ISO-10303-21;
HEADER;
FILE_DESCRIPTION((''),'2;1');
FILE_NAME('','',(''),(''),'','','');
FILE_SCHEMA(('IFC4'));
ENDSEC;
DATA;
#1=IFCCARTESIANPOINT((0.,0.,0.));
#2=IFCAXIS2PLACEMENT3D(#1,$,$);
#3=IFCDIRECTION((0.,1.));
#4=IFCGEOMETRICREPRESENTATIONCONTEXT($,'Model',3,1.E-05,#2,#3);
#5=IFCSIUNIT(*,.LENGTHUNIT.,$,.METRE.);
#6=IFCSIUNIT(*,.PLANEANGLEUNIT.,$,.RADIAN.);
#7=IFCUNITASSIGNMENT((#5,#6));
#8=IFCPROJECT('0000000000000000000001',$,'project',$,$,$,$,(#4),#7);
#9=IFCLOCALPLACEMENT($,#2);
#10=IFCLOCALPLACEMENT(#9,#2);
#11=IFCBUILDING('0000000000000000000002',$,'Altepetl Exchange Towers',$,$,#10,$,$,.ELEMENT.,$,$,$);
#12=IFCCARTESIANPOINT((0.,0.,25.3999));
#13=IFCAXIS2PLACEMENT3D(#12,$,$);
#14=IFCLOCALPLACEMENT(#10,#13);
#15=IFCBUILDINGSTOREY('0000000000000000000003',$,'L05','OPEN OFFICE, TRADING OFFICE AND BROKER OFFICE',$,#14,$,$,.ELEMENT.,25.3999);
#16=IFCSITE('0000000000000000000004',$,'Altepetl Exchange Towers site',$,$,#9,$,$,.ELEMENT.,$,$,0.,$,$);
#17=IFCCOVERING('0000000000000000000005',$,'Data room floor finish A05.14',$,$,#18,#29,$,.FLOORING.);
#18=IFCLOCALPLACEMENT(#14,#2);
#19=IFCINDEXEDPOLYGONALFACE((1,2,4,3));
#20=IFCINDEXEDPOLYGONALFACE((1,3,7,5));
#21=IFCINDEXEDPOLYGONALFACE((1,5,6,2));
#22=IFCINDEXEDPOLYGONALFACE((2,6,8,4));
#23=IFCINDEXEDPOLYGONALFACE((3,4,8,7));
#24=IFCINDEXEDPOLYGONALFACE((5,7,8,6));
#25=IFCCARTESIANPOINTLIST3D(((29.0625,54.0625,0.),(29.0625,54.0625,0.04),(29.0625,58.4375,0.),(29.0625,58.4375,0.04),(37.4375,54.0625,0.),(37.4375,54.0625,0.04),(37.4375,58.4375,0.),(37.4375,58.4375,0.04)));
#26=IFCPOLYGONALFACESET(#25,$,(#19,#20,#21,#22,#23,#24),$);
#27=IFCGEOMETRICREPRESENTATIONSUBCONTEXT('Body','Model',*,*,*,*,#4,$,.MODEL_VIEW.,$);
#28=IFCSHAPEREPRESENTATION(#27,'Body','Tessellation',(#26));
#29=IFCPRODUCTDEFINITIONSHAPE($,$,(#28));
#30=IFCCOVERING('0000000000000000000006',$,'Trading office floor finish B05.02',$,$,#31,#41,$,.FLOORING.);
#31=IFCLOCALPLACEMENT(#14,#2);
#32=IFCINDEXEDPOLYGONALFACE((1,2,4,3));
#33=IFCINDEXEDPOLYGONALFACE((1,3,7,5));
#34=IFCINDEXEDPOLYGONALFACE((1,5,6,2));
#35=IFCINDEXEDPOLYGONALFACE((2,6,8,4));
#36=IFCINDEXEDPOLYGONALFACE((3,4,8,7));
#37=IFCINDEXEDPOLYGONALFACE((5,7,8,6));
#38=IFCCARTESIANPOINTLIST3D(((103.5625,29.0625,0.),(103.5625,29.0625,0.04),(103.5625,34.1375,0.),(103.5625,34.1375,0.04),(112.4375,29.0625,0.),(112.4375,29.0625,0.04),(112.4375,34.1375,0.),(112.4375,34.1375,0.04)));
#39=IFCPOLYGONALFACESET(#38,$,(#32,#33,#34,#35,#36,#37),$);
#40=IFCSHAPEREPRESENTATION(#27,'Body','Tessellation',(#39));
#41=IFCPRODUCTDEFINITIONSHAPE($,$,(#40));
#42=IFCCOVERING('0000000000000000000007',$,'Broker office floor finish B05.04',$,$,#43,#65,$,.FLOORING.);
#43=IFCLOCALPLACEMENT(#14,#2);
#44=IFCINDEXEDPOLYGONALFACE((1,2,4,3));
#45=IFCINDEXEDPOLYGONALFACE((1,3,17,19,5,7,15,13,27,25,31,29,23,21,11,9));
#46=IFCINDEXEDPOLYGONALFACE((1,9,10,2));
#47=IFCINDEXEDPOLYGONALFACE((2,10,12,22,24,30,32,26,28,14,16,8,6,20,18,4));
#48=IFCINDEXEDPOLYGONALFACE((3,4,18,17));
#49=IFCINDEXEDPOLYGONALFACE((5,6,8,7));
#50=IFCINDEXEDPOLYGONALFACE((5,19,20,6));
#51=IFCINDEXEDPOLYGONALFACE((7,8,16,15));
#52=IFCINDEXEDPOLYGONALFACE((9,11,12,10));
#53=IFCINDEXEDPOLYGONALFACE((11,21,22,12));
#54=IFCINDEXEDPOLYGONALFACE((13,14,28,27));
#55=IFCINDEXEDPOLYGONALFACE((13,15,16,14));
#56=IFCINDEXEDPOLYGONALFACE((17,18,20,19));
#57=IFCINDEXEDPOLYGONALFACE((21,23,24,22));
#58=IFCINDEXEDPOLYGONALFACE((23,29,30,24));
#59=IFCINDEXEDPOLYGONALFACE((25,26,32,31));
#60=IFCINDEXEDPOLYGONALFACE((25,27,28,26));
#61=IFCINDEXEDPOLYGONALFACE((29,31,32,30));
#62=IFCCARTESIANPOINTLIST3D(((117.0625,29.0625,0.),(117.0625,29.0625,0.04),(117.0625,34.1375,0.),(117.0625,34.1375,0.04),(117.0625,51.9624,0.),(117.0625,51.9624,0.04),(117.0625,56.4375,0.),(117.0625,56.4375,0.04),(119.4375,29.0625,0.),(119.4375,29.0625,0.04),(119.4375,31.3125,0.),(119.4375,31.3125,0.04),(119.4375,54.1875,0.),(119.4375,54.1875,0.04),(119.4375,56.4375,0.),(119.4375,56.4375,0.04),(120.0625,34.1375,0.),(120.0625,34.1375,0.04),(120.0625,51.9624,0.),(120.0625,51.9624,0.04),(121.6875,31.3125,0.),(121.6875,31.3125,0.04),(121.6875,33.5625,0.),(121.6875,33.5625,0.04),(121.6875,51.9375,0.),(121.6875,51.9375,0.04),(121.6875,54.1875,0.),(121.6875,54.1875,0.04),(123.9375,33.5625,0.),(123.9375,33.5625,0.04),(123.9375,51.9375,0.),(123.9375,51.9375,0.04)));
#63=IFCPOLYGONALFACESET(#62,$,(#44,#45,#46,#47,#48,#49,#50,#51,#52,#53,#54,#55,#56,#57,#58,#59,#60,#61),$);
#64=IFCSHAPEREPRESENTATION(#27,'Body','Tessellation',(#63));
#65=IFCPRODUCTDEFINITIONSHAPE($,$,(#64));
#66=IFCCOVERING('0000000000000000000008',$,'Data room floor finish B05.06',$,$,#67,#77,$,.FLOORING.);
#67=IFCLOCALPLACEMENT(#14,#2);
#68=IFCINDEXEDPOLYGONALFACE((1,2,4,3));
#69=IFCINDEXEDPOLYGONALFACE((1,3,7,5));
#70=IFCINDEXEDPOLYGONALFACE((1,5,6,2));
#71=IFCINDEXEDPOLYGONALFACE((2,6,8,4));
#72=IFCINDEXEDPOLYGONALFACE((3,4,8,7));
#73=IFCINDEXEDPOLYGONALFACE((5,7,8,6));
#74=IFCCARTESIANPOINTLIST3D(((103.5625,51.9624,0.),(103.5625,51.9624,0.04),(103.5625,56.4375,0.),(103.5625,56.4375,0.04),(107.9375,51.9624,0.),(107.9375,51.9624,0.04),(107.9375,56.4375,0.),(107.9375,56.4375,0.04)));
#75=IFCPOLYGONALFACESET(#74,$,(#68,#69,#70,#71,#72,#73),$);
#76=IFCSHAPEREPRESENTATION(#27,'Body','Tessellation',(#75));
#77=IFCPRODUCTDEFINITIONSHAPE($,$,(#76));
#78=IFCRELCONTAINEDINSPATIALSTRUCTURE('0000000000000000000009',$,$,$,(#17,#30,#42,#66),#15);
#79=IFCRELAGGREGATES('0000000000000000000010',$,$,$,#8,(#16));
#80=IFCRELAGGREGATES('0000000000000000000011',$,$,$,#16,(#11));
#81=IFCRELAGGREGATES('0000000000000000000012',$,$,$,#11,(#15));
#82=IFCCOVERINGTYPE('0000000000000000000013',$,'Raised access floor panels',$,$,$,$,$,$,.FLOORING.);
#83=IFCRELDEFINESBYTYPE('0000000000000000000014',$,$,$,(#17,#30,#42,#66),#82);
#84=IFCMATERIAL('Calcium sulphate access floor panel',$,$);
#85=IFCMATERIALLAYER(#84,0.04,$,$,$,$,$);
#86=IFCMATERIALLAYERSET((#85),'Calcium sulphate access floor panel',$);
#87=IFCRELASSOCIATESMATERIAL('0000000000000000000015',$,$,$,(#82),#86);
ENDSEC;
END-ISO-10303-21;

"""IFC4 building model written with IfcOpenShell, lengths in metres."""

from ifc_helpers import new_model, si_unit, direction, frame, origin, place, context, subcontext, project, spatial, polyline, outline, extrude, material, layer, layer_set, type_object, element, save


model = new_model("IFC4")

# Units and contexts
model_context = context("Model", 3, precision=1e-05, world=origin(), true_north=direction((0.0, 1.0)))
body_context = subcontext(model_context, "Body", "Model", "MODEL_VIEW")
ifc_project = project(units=[si_unit("LENGTHUNIT", "METRE"), si_unit("PLANEANGLEUNIT", "RADIAN")], contexts=[model_context])

# Site, building, storey
site_placement = place(None, origin())
site = spatial("IfcSite", under=ifc_project, at=site_placement, Name="Altepetl Exchange Towers site", CompositionType="ELEMENT", RefElevation=0.0)
building_placement = place(site_placement, origin())
building = spatial("IfcBuilding", under=site, at=building_placement, Name="Altepetl Exchange Towers", CompositionType="ELEMENT")
storey_placement = place(building_placement, frame((0.0, 0.0, 25.3999)))
storey = spatial("IfcBuildingStorey", under=building, at=storey_placement, Name="L05", Description="OPEN OFFICE, TRADING OFFICE AND BROKER OFFICE", CompositionType="ELEMENT", Elevation=25.3999)

# Coverings
ifc_material_1 = material(Name="Calcium sulphate access floor panel")
ifc_layer_1 = layer(ifc_material_1, 0.04)
ifc_layer_set_1 = layer_set([ifc_layer_1], Name="Calcium sulphate access floor panel")
covering_type_1 = type_object("IfcCoveringType", Name="Raised access floor panels", PredefinedType="FLOORING", material=ifc_layer_set_1)
covering_1_placement = place(storey_placement, origin())
element("IfcCovering", 1, at=covering_1_placement, inside=storey, type_object=covering_type_1, Name="Data room floor finish A05.14", PredefinedType="FLOORING", context=body_context, shape_type="SweptSolid", body=[
    extrude(outline(polyline([(29.0625, 54.0625), (37.4375, 54.0625), (37.4375, 58.4375), (29.0625, 58.4375), (29.0625, 54.0625)])), origin(), (0.0, 0.0, 1.0), 0.04),
])
covering_2_placement = place(storey_placement, origin())
element("IfcCovering", 2, at=covering_2_placement, inside=storey, type_object=covering_type_1, Name="Trading office floor finish B05.02", PredefinedType="FLOORING", context=body_context, shape_type="SweptSolid", body=[
    extrude(outline(polyline([(103.5625, 34.1375), (103.5625, 29.0625), (112.4375, 29.0625), (112.4375, 34.1375), (103.5625, 34.1375)])), origin(), (0.0, 0.0, 1.0), 0.04),
])
covering_3_placement = place(storey_placement, origin())
element("IfcCovering", 3, at=covering_3_placement, inside=storey, type_object=covering_type_1, Name="Broker office floor finish B05.04", PredefinedType="FLOORING", context=body_context, shape_type="SweptSolid", body=[
    extrude(outline(polyline([(117.0625, 56.4375), (117.0625, 51.9624), (120.0625, 51.9624), (120.0625, 34.1375), (117.0625, 34.1375), (117.0625, 29.0625), (119.4375, 29.0625), (119.4375, 31.3125), (121.6875, 31.3125), (121.6875, 33.5625), (123.9375, 33.5625), (123.9375, 51.9375), (121.6875, 51.9375), (121.6875, 54.1875), (119.4375, 54.1875), (119.4375, 56.4375), (117.0625, 56.4375)])), origin(), (0.0, 0.0, 1.0), 0.04),
])
covering_4_placement = place(storey_placement, origin())
element("IfcCovering", 4, at=covering_4_placement, inside=storey, type_object=covering_type_1, Name="Data room floor finish B05.06", PredefinedType="FLOORING", context=body_context, shape_type="SweptSolid", body=[
    extrude(outline(polyline([(103.5625, 56.4375), (103.5625, 51.9624), (107.9375, 51.9624), (107.9375, 56.4375), (103.5625, 56.4375)])), origin(), (0.0, 0.0, 1.0), 0.04),
])

save(model, "model.ifc")
